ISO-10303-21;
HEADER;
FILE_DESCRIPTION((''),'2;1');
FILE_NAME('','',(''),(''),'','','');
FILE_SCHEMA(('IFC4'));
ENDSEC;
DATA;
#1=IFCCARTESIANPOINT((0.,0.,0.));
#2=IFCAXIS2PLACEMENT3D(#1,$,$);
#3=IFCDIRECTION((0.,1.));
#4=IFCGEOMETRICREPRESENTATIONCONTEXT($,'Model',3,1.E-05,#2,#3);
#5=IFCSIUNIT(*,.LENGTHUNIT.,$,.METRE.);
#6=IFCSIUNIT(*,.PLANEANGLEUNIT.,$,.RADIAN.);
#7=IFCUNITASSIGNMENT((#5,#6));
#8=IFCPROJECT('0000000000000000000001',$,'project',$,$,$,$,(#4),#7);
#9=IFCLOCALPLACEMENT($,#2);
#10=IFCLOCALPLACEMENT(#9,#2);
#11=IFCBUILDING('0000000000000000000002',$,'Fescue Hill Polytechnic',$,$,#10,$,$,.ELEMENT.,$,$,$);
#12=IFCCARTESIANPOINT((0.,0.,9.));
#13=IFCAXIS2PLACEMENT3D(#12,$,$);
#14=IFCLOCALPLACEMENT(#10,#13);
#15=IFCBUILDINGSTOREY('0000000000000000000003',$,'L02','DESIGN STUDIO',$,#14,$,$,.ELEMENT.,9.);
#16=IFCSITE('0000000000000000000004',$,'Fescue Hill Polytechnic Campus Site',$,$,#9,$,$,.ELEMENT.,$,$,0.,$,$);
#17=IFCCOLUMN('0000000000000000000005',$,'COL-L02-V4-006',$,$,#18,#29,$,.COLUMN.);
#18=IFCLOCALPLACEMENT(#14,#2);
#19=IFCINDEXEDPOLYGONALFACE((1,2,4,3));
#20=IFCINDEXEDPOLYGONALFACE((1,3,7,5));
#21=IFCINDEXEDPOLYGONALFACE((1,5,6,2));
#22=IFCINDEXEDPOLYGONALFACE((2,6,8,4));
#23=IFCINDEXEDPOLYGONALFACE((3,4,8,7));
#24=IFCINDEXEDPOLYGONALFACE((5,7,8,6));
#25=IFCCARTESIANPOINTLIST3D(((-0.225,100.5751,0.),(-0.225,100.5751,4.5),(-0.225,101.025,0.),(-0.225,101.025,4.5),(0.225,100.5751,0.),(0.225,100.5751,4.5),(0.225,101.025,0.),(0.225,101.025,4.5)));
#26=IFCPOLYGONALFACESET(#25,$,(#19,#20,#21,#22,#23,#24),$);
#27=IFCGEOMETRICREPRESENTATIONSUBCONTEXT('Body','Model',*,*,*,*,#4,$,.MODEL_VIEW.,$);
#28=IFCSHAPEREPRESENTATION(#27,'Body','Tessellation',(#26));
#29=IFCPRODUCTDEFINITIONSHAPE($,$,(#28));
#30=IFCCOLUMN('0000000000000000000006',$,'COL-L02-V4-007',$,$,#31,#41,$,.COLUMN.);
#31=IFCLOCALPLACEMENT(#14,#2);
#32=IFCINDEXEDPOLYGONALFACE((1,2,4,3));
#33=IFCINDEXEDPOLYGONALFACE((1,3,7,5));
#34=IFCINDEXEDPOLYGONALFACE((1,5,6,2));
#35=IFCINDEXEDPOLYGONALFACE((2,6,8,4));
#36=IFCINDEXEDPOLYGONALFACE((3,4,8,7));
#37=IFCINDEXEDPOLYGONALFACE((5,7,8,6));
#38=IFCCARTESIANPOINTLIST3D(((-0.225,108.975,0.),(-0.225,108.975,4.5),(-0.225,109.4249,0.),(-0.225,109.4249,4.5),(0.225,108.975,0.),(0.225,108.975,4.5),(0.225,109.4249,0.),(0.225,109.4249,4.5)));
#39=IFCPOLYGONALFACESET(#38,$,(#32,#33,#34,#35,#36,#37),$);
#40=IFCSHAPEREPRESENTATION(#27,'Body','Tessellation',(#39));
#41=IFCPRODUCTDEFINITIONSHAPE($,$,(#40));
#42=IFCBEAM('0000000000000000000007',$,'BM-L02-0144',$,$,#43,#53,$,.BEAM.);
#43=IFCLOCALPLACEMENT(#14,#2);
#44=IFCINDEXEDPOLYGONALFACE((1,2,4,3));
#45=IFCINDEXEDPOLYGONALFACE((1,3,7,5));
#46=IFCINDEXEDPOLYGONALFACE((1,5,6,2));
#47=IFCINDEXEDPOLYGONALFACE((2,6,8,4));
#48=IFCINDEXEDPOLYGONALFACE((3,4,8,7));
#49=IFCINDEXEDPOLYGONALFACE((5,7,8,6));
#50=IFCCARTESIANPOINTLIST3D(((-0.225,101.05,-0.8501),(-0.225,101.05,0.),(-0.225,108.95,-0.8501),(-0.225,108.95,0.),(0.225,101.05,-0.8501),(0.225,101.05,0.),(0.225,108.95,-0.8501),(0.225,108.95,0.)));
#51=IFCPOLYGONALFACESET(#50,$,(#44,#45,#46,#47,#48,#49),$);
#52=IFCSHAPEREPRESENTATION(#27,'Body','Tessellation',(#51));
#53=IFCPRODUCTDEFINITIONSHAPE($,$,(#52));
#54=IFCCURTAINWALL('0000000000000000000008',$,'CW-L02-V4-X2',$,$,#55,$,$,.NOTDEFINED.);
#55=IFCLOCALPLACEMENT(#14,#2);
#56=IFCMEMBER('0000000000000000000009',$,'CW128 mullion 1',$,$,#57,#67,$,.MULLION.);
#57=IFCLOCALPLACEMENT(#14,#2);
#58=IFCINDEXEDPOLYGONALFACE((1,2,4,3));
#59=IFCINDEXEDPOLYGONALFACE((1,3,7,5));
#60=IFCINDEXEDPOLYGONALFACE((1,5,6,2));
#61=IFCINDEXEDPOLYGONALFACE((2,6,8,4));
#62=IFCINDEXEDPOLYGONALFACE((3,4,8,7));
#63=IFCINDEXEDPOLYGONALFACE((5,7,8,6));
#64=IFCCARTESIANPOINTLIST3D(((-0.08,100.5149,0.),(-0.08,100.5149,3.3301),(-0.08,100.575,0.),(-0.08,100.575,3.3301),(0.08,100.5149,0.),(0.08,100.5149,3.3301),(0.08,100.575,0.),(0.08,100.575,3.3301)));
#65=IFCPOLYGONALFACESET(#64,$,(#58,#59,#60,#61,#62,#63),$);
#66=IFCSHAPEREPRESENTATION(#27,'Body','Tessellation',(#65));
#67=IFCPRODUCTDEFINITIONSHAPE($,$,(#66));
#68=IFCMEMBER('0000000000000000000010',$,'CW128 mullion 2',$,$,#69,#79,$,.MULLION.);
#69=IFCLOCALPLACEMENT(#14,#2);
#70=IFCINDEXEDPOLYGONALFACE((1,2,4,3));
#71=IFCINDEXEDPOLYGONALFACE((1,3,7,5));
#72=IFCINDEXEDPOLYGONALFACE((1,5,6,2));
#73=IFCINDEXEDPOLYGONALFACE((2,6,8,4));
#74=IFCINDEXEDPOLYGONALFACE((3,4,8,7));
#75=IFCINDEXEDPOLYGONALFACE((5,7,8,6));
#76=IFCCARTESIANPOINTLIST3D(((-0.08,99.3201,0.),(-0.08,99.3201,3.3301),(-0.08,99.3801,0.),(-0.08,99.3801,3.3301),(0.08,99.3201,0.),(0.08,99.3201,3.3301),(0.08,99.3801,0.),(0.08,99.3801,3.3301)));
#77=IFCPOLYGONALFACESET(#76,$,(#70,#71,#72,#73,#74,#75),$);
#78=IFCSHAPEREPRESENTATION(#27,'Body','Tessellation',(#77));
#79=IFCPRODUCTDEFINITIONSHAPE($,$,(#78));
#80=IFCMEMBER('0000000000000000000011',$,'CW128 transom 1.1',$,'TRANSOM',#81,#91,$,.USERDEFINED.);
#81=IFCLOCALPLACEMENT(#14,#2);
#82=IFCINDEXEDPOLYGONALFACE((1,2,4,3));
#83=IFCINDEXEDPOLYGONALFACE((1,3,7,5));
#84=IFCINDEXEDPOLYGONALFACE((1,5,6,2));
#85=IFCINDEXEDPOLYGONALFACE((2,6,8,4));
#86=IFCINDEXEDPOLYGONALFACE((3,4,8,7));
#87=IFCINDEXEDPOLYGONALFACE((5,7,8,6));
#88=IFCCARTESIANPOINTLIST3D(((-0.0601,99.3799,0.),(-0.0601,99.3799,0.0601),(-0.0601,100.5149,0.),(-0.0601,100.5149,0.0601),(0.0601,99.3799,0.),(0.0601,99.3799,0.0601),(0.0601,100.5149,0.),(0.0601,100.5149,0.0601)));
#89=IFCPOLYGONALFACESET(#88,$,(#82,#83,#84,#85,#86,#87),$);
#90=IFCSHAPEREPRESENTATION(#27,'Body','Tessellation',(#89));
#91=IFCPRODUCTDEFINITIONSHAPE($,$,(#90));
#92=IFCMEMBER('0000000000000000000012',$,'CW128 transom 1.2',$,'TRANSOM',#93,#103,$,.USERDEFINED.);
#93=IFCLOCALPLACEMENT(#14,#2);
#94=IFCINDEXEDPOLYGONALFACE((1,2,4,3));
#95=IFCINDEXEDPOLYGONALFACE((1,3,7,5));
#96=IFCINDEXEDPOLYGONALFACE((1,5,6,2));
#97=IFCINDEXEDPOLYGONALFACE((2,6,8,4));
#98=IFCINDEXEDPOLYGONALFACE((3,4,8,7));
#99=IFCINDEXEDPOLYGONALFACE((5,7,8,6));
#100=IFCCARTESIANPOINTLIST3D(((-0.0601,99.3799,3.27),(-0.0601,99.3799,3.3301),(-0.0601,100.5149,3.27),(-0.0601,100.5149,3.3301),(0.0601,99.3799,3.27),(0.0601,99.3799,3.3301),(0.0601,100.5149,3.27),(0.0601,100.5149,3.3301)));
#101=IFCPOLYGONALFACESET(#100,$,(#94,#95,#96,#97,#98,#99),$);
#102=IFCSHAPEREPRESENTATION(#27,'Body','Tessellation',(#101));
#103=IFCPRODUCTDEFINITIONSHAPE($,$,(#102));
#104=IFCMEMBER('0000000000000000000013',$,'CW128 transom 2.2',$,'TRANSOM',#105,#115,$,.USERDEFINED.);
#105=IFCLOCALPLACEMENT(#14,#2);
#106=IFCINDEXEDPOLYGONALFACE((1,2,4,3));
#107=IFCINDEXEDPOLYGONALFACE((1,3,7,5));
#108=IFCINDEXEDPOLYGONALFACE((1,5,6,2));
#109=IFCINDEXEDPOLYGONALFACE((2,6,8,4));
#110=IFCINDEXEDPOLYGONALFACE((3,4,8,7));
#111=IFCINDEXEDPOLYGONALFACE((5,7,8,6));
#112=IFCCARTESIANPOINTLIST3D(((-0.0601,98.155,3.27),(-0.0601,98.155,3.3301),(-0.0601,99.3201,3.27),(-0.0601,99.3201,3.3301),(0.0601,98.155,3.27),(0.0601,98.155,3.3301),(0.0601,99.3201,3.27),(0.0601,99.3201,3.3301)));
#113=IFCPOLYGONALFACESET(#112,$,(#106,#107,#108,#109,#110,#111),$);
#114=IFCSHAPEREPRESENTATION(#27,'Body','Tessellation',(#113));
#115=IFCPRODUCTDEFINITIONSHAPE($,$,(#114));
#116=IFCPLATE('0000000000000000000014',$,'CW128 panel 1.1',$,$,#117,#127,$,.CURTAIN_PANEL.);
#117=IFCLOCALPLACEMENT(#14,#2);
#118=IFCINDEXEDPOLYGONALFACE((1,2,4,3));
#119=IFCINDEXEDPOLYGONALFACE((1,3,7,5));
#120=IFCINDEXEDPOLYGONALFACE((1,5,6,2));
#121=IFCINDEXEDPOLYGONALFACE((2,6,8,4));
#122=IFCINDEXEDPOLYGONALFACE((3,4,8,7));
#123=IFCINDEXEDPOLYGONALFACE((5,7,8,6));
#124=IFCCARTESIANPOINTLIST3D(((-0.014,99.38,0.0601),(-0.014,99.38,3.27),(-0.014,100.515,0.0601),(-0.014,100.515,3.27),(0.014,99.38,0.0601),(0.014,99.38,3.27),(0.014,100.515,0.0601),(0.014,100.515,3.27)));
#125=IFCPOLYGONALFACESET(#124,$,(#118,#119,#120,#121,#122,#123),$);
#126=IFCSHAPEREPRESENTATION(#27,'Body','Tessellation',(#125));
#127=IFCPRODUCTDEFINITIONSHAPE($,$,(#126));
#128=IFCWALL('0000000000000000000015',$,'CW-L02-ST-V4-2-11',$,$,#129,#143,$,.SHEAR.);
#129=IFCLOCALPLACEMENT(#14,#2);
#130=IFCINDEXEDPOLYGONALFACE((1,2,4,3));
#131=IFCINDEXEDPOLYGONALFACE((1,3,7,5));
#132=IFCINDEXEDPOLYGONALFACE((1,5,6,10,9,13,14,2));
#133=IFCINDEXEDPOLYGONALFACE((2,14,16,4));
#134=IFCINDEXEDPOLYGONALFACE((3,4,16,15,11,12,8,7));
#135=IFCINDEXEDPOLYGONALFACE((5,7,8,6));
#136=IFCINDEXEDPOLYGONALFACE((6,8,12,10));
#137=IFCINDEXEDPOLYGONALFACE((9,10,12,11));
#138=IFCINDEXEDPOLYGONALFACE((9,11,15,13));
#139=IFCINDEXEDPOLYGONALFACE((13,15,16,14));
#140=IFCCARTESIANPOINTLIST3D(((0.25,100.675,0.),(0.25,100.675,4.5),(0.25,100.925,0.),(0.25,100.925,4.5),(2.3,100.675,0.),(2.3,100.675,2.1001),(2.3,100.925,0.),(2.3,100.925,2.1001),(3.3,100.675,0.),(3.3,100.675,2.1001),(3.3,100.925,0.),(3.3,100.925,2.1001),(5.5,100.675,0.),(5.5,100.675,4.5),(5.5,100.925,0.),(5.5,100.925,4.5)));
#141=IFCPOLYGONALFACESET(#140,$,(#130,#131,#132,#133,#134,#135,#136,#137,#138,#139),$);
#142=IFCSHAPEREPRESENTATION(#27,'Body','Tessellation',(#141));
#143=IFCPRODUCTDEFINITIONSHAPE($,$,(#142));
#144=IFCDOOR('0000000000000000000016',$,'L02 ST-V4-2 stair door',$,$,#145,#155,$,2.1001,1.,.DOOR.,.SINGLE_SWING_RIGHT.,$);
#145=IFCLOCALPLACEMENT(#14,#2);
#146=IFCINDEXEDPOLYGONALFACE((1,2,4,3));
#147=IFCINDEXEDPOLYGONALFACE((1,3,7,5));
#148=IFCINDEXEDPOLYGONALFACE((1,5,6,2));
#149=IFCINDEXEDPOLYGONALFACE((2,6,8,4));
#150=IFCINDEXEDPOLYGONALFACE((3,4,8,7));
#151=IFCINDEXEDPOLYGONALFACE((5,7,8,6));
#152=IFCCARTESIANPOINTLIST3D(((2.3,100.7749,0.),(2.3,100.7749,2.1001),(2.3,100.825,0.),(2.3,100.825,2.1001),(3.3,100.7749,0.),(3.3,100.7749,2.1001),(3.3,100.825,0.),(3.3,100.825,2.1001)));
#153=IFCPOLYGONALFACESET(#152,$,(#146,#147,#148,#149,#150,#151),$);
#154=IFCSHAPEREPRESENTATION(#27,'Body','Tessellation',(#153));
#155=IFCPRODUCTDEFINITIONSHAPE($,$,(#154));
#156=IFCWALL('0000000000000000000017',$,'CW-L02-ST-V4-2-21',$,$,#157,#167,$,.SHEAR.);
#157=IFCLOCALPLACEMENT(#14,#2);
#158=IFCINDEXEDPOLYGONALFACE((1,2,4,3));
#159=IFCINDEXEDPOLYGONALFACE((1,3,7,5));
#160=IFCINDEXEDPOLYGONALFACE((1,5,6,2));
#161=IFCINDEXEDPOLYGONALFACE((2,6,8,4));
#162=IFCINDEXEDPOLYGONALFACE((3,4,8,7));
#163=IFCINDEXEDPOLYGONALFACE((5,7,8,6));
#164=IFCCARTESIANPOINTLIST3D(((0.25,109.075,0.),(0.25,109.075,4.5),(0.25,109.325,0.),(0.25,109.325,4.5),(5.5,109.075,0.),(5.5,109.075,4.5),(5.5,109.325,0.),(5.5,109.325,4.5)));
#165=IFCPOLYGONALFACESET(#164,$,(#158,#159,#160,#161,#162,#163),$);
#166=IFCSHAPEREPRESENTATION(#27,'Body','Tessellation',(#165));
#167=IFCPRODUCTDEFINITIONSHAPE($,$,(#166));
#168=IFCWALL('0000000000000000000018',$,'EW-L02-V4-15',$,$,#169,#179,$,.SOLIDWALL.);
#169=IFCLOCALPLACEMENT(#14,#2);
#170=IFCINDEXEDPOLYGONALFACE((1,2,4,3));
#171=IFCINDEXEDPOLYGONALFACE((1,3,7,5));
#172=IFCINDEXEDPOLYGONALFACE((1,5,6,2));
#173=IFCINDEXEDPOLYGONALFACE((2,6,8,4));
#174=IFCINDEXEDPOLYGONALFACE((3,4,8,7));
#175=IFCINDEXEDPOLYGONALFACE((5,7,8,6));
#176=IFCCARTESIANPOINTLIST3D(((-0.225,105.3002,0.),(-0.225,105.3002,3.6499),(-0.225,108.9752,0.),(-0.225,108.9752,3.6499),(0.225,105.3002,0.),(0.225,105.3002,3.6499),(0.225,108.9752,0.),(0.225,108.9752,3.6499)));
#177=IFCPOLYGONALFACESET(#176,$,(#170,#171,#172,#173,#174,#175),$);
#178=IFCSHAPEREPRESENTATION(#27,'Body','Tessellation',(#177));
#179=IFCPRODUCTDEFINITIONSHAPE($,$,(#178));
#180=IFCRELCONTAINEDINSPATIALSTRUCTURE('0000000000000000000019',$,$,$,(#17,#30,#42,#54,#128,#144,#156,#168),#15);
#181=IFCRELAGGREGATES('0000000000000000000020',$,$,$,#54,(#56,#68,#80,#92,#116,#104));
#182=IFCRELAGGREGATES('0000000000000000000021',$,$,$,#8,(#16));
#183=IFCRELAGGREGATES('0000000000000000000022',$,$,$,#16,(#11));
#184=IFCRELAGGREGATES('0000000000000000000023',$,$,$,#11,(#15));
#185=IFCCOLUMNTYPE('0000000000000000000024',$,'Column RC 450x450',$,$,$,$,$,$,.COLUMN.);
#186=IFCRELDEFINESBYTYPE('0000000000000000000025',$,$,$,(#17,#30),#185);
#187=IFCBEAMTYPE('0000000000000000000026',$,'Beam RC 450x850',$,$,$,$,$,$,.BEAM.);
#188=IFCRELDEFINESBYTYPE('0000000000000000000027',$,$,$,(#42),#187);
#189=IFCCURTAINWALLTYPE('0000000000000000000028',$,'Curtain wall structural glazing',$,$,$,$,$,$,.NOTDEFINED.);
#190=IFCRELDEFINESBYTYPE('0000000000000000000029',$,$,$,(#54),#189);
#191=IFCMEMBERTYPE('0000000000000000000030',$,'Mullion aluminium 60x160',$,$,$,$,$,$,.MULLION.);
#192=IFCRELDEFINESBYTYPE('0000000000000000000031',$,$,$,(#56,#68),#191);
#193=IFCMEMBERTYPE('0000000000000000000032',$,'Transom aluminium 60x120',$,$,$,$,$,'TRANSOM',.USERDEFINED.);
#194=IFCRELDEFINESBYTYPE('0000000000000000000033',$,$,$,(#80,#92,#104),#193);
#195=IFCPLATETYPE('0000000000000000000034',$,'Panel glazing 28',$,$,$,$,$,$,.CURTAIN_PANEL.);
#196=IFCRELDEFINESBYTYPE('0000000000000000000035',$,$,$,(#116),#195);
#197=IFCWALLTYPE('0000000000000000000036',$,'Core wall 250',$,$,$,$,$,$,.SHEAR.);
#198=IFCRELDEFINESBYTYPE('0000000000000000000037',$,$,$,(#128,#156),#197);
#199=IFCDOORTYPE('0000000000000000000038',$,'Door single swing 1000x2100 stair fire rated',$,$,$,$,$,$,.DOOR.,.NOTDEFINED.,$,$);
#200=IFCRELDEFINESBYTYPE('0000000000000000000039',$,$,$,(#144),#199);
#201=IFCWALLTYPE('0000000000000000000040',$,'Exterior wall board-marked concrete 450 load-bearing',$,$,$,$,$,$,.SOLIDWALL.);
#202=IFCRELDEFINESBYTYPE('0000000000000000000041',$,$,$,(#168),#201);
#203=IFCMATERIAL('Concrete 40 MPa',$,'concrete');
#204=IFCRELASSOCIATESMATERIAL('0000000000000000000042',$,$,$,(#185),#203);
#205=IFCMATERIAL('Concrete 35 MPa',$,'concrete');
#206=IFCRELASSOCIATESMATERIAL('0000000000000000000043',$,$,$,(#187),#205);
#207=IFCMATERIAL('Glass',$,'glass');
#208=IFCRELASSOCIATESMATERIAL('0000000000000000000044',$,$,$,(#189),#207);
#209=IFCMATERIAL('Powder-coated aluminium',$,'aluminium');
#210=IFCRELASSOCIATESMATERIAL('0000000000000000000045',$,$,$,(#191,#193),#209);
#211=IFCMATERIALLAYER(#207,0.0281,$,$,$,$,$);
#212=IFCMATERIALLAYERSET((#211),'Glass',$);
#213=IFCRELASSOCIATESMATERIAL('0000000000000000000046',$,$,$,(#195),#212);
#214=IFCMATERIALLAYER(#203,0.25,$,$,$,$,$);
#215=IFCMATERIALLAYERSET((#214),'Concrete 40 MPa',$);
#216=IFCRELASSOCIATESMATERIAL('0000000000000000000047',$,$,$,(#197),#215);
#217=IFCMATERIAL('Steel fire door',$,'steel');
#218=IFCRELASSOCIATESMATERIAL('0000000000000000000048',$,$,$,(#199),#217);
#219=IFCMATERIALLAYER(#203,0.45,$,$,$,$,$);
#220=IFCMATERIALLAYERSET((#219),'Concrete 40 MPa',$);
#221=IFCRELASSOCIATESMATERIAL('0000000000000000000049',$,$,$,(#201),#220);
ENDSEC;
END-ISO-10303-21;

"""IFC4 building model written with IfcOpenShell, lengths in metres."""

from ifc_helpers import new_model, si_unit, direction, frame, frame_2d, origin, origin_2d, place, context, subcontext, project, spatial, rectangle, extrude, material, layer, layer_set, material_profile, profile_set, type_object, element, fill, aggregate, save


model = new_model("IFC4")

# Units and contexts
model_context = context("Model", 3, precision=1e-05, world=origin(), true_north=direction((0.0, 1.0)))
body_context = subcontext(model_context, "Body", "Model", "MODEL_VIEW")
ifc_project = project(units=[si_unit("LENGTHUNIT", "METRE"), si_unit("PLANEANGLEUNIT", "RADIAN")], contexts=[model_context])

# Site, building, storey
site_placement = place(None, origin())
site = spatial("IfcSite", under=ifc_project, at=site_placement, Name="Fescue Hill Polytechnic Campus Site", CompositionType="ELEMENT", RefElevation=0.0)
building_placement = place(site_placement, origin())
building = spatial("IfcBuilding", under=site, at=building_placement, Name="Fescue Hill Polytechnic", CompositionType="ELEMENT")
storey_placement = place(building_placement, frame((0.0, 0.0, 9.0)))
storey = spatial("IfcBuildingStorey", under=building, at=storey_placement, Name="L02", Description="DESIGN STUDIO", CompositionType="ELEMENT", Elevation=9.0)

# Columns
ifc_material_1 = material(Name="Concrete 40 MPa", Category="concrete")
ifc_material_profile_1 = material_profile(ifc_material_1, rectangle(XDim=0.45, YDim=0.45, at=origin_2d()), Name="RC 450x450")
ifc_profile_set_1 = profile_set([ifc_material_profile_1], Name="Concrete 40 MPa")
column_type = type_object("IfcColumnType", Name="Column RC 450x450", PredefinedType="COLUMN", material=ifc_profile_set_1)
for number, where, z_axis, x_axis, name in (
    (1, (0.0, 100.8, 0.0), (0.0, 0.0, 1.0), (1.0, 0.0, 0.0), "COL-L02-V4-006"),
    (2, (0.0, 109.2, 0.0), (0.0, 0.0, 1.0), (1.0, 0.0, 0.0), "COL-L02-V4-007"),
):
    element("IfcColumn", number, at=place(storey_placement, frame(where, z_axis=z_axis, x_axis=x_axis)), inside=storey, type_object=column_type, Name=name, PredefinedType="COLUMN", context=body_context, shape_type="SweptSolid", body=[
        extrude(rectangle(XDim=0.45, YDim=0.45, at=origin_2d()), origin(), (0.0, 0.0, 1.0), 4.5),
    ])

# Beam
ifc_material_2 = material(Name="Concrete 35 MPa", Category="concrete")
ifc_material_profile_2 = material_profile(ifc_material_2, rectangle(XDim=0.45, YDim=0.8501, at=origin_2d()), Name="RC 450x850")
ifc_profile_set_2 = profile_set([ifc_material_profile_2], Name="Concrete 35 MPa")
beam_type = type_object("IfcBeamType", Name="Beam RC 450x850", PredefinedType="BEAM", material=ifc_profile_set_2)
beam_placement = place(storey_placement, frame((0.0, 101.05, -0.425), z_axis=(0.0, 1.0, 0.0), x_axis=(-1.0, 0.0, 0.0)))
element("IfcBeam", 3, at=beam_placement, inside=storey, type_object=beam_type, Name="BM-L02-0144", PredefinedType="BEAM", context=body_context, shape_type="SweptSolid", body=[
    extrude(rectangle(XDim=0.45, YDim=0.8501, at=origin_2d()), origin(), (0.0, 0.0, 1.0), 7.8999),
])

# Curtain wall, members, plate
ifc_material_3 = material(Name="Glass", Category="glass")
curtain_wall_type = type_object("IfcCurtainWallType", Name="Curtain wall structural glazing", PredefinedType="NOTDEFINED", material=ifc_material_3)
curtain_wall_placement = place(storey_placement, origin())
curtain_wall = element("IfcCurtainWall", 4, at=curtain_wall_placement, inside=storey, type_object=curtain_wall_type, Name="CW-L02-V4-X2", PredefinedType="NOTDEFINED")
ifc_material_4 = material(Name="Powder-coated aluminium", Category="aluminium")
ifc_material_profile_3 = material_profile(ifc_material_4, rectangle(XDim=0.1599, YDim=0.0601, at=origin_2d()), Name="Mullion aluminium 60x160")
ifc_profile_set_3 = profile_set([ifc_material_profile_3], Name="Powder-coated aluminium")
member_type_1 = type_object("IfcMemberType", Name="Mullion aluminium 60x160", PredefinedType="MULLION", material=ifc_profile_set_3)
member_1_placement = place(storey_placement, frame((0.0, 100.5449, 0.0), z_axis=(0.0, 0.0, 1.0), x_axis=(1.0, 0.0, 0.0)))
member_1 = element("IfcMember", 5, at=member_1_placement, type_object=member_type_1, Name="CW128 mullion 1", PredefinedType="MULLION", context=body_context, shape_type="SweptSolid", body=[
    extrude(rectangle(XDim=0.1599, YDim=0.0601, at=origin_2d()), origin(), (0.0, 0.0, 1.0), 3.3301),
])
member_2_placement = place(storey_placement, frame((0.0, 99.3501, 0.0), z_axis=(0.0, 0.0, 1.0), x_axis=(1.0, 0.0, 0.0)))
member_2 = element("IfcMember", 6, at=member_2_placement, type_object=member_type_1, Name="CW128 mullion 2", PredefinedType="MULLION", context=body_context, shape_type="SweptSolid", body=[
    extrude(rectangle(XDim=0.1599, YDim=0.0601, at=origin_2d()), origin(), (0.0, 0.0, 1.0), 3.3301),
])
ifc_material_profile_4 = material_profile(ifc_material_4, rectangle(XDim=0.1201, YDim=0.0601, at=origin_2d()), Name="Transom aluminium 60x120")
ifc_profile_set_4 = profile_set([ifc_material_profile_4], Name="Powder-coated aluminium")
member_type_2 = type_object("IfcMemberType", Name="Transom aluminium 60x120", ElementType="TRANSOM", PredefinedType="USERDEFINED", material=ifc_profile_set_4)
member_3_placement = place(storey_placement, frame((0.0, 100.5149, 0.03), z_axis=(0.0, -1.0, 0.0), x_axis=(1.0, 0.0, 0.0)))
member_3 = element("IfcMember", 7, at=member_3_placement, type_object=member_type_2, Name="CW128 transom 1.1", ObjectType="TRANSOM", PredefinedType="USERDEFINED", context=body_context, shape_type="SweptSolid", body=[
    extrude(rectangle(XDim=0.1201, YDim=0.0601, at=origin_2d()), origin(), (0.0, 0.0, 1.0), 1.135),
])
member_4_placement = place(storey_placement, frame((0.0, 100.5149, 3.3), z_axis=(0.0, -1.0, 0.0), x_axis=(1.0, 0.0, 0.0)))
member_4 = element("IfcMember", 8, at=member_4_placement, type_object=member_type_2, Name="CW128 transom 1.2", ObjectType="TRANSOM", PredefinedType="USERDEFINED", context=body_context, shape_type="SweptSolid", body=[
    extrude(rectangle(XDim=0.1201, YDim=0.0601, at=origin_2d()), origin(), (0.0, 0.0, 1.0), 1.135),
])
member_5_placement = place(storey_placement, frame((0.0, 99.3201, 3.3), z_axis=(0.0, -1.0, 0.0), x_axis=(1.0, 0.0, 0.0)))
member_5 = element("IfcMember", 9, at=member_5_placement, type_object=member_type_2, Name="CW128 transom 2.2", ObjectType="TRANSOM", PredefinedType="USERDEFINED", context=body_context, shape_type="SweptSolid", body=[
    extrude(rectangle(XDim=0.1201, YDim=0.0601, at=origin_2d()), origin(), (0.0, 0.0, 1.0), 1.165),
])
ifc_layer_1 = layer(ifc_material_3, 0.0281)
ifc_layer_set_1 = layer_set([ifc_layer_1], Name="Glass")
plate_type = type_object("IfcPlateType", Name="Panel glazing 28", PredefinedType="CURTAIN_PANEL", material=ifc_layer_set_1)
plate_placement = place(storey_placement, frame((0.0, 99.9475, 0.0601), z_axis=(0.0, 0.0, 1.0), x_axis=(0.0, -1.0, 0.0)))
plate = element("IfcPlate", 10, at=plate_placement, type_object=plate_type, Name="CW128 panel 1.1", PredefinedType="CURTAIN_PANEL", context=body_context, shape_type="SweptSolid", body=[
    extrude(rectangle(XDim=1.135, YDim=0.0281, at=origin_2d()), origin(), (0.0, 0.0, 1.0), 3.21),
])
aggregate(curtain_wall, [member_1, member_2, member_3, member_4, plate, member_5])

# Wall, opening, door
ifc_layer_2 = layer(ifc_material_1, 0.25)
ifc_layer_set_2 = layer_set([ifc_layer_2], Name="Concrete 40 MPa")
wall_type_1 = type_object("IfcWallType", Name="Core wall 250", PredefinedType="SHEAR", material=ifc_layer_set_2)
wall_1_placement = place(storey_placement, frame((0.25, 100.8, 0.0), z_axis=(0.0, 0.0, 1.0), x_axis=(1.0, 0.0, 0.0)))
wall_1 = element("IfcWall", 11, at=wall_1_placement, inside=storey, type_object=wall_type_1, Name="CW-L02-ST-V4-2-11", PredefinedType="SHEAR", context=body_context, shape_type="SweptSolid", body=[
    extrude(rectangle(XDim=5.25, YDim=0.25, at=frame_2d((2.625, 0.0))), origin(), (0.0, 0.0, 1.0), 4.5),
])
opening_placement = place(wall_1_placement, frame((2.05, 0.0, 0.0)))
opening = element("IfcOpeningElement", 12, at=opening_placement, cuts=wall_1, PredefinedType="OPENING", context=body_context, shape_type="SweptSolid", body=[
    extrude(rectangle(XDim=1.0, YDim=2.1001, at=frame_2d((0.5, 1.05))), frame((0.0, 0.135, 0.0), z_axis=(0.0, -1.0, 0.0), x_axis=(1.0, 0.0, 0.0)), (0.0, 0.0, 1.0), 0.27),
])
ifc_material_5 = material(Name="Steel fire door", Category="steel")
door_type = type_object("IfcDoorType", Name="Door single swing 1000x2100 stair fire rated", OperationType="NOTDEFINED", PredefinedType="DOOR", material=ifc_material_5)
door_placement = place(opening_placement, origin())
door = element("IfcDoor", 13, at=door_placement, inside=storey, type_object=door_type, Name="L02 ST-V4-2 stair door", OperationType="SINGLE_SWING_RIGHT", OverallHeight=2.1001, OverallWidth=1.0, PredefinedType="DOOR", context=body_context, shape_type="SweptSolid", body=[
    extrude(rectangle(XDim=1.0, YDim=2.1001, at=frame_2d((0.5, 1.05))), frame((0.0, 0.0249, 0.0), z_axis=(0.0, -1.0, 0.0), x_axis=(1.0, 0.0, 0.0)), (0.0, 0.0, 1.0), 0.05),
])
fill(opening, door)

# Walls
wall_2_placement = place(storey_placement, frame((0.25, 109.2, 0.0), z_axis=(0.0, 0.0, 1.0), x_axis=(1.0, 0.0, 0.0)))
element("IfcWall", 14, at=wall_2_placement, inside=storey, type_object=wall_type_1, Name="CW-L02-ST-V4-2-21", PredefinedType="SHEAR", context=body_context, shape_type="SweptSolid", body=[
    extrude(rectangle(XDim=5.25, YDim=0.25, at=frame_2d((2.625, 0.0))), origin(), (0.0, 0.0, 1.0), 4.5),
])
ifc_layer_3 = layer(ifc_material_1, 0.45)
ifc_layer_set_3 = layer_set([ifc_layer_3], Name="Concrete 40 MPa")
wall_type_2 = type_object("IfcWallType", Name="Exterior wall board-marked concrete 450 load-bearing", PredefinedType="SOLIDWALL", material=ifc_layer_set_3)
for number, where, z_axis, x_axis, name in (
    (15, (0.0, 108.9751, 0.0), (0.0, 0.0, 1.0), (0.0, -1.0, 0.0), "EW-L02-V4-15"),
):
    element("IfcWall", number, at=place(storey_placement, frame(where, z_axis=z_axis, x_axis=x_axis)), inside=storey, type_object=wall_type_2, Name=name, PredefinedType="SOLIDWALL", context=body_context, shape_type="SweptSolid", body=[
        extrude(rectangle(XDim=3.675, YDim=0.45, at=frame_2d((1.8374, 0.0))), origin(), (0.0, 0.0, 1.0), 3.6499),
    ])

save(model, "model.ifc")
